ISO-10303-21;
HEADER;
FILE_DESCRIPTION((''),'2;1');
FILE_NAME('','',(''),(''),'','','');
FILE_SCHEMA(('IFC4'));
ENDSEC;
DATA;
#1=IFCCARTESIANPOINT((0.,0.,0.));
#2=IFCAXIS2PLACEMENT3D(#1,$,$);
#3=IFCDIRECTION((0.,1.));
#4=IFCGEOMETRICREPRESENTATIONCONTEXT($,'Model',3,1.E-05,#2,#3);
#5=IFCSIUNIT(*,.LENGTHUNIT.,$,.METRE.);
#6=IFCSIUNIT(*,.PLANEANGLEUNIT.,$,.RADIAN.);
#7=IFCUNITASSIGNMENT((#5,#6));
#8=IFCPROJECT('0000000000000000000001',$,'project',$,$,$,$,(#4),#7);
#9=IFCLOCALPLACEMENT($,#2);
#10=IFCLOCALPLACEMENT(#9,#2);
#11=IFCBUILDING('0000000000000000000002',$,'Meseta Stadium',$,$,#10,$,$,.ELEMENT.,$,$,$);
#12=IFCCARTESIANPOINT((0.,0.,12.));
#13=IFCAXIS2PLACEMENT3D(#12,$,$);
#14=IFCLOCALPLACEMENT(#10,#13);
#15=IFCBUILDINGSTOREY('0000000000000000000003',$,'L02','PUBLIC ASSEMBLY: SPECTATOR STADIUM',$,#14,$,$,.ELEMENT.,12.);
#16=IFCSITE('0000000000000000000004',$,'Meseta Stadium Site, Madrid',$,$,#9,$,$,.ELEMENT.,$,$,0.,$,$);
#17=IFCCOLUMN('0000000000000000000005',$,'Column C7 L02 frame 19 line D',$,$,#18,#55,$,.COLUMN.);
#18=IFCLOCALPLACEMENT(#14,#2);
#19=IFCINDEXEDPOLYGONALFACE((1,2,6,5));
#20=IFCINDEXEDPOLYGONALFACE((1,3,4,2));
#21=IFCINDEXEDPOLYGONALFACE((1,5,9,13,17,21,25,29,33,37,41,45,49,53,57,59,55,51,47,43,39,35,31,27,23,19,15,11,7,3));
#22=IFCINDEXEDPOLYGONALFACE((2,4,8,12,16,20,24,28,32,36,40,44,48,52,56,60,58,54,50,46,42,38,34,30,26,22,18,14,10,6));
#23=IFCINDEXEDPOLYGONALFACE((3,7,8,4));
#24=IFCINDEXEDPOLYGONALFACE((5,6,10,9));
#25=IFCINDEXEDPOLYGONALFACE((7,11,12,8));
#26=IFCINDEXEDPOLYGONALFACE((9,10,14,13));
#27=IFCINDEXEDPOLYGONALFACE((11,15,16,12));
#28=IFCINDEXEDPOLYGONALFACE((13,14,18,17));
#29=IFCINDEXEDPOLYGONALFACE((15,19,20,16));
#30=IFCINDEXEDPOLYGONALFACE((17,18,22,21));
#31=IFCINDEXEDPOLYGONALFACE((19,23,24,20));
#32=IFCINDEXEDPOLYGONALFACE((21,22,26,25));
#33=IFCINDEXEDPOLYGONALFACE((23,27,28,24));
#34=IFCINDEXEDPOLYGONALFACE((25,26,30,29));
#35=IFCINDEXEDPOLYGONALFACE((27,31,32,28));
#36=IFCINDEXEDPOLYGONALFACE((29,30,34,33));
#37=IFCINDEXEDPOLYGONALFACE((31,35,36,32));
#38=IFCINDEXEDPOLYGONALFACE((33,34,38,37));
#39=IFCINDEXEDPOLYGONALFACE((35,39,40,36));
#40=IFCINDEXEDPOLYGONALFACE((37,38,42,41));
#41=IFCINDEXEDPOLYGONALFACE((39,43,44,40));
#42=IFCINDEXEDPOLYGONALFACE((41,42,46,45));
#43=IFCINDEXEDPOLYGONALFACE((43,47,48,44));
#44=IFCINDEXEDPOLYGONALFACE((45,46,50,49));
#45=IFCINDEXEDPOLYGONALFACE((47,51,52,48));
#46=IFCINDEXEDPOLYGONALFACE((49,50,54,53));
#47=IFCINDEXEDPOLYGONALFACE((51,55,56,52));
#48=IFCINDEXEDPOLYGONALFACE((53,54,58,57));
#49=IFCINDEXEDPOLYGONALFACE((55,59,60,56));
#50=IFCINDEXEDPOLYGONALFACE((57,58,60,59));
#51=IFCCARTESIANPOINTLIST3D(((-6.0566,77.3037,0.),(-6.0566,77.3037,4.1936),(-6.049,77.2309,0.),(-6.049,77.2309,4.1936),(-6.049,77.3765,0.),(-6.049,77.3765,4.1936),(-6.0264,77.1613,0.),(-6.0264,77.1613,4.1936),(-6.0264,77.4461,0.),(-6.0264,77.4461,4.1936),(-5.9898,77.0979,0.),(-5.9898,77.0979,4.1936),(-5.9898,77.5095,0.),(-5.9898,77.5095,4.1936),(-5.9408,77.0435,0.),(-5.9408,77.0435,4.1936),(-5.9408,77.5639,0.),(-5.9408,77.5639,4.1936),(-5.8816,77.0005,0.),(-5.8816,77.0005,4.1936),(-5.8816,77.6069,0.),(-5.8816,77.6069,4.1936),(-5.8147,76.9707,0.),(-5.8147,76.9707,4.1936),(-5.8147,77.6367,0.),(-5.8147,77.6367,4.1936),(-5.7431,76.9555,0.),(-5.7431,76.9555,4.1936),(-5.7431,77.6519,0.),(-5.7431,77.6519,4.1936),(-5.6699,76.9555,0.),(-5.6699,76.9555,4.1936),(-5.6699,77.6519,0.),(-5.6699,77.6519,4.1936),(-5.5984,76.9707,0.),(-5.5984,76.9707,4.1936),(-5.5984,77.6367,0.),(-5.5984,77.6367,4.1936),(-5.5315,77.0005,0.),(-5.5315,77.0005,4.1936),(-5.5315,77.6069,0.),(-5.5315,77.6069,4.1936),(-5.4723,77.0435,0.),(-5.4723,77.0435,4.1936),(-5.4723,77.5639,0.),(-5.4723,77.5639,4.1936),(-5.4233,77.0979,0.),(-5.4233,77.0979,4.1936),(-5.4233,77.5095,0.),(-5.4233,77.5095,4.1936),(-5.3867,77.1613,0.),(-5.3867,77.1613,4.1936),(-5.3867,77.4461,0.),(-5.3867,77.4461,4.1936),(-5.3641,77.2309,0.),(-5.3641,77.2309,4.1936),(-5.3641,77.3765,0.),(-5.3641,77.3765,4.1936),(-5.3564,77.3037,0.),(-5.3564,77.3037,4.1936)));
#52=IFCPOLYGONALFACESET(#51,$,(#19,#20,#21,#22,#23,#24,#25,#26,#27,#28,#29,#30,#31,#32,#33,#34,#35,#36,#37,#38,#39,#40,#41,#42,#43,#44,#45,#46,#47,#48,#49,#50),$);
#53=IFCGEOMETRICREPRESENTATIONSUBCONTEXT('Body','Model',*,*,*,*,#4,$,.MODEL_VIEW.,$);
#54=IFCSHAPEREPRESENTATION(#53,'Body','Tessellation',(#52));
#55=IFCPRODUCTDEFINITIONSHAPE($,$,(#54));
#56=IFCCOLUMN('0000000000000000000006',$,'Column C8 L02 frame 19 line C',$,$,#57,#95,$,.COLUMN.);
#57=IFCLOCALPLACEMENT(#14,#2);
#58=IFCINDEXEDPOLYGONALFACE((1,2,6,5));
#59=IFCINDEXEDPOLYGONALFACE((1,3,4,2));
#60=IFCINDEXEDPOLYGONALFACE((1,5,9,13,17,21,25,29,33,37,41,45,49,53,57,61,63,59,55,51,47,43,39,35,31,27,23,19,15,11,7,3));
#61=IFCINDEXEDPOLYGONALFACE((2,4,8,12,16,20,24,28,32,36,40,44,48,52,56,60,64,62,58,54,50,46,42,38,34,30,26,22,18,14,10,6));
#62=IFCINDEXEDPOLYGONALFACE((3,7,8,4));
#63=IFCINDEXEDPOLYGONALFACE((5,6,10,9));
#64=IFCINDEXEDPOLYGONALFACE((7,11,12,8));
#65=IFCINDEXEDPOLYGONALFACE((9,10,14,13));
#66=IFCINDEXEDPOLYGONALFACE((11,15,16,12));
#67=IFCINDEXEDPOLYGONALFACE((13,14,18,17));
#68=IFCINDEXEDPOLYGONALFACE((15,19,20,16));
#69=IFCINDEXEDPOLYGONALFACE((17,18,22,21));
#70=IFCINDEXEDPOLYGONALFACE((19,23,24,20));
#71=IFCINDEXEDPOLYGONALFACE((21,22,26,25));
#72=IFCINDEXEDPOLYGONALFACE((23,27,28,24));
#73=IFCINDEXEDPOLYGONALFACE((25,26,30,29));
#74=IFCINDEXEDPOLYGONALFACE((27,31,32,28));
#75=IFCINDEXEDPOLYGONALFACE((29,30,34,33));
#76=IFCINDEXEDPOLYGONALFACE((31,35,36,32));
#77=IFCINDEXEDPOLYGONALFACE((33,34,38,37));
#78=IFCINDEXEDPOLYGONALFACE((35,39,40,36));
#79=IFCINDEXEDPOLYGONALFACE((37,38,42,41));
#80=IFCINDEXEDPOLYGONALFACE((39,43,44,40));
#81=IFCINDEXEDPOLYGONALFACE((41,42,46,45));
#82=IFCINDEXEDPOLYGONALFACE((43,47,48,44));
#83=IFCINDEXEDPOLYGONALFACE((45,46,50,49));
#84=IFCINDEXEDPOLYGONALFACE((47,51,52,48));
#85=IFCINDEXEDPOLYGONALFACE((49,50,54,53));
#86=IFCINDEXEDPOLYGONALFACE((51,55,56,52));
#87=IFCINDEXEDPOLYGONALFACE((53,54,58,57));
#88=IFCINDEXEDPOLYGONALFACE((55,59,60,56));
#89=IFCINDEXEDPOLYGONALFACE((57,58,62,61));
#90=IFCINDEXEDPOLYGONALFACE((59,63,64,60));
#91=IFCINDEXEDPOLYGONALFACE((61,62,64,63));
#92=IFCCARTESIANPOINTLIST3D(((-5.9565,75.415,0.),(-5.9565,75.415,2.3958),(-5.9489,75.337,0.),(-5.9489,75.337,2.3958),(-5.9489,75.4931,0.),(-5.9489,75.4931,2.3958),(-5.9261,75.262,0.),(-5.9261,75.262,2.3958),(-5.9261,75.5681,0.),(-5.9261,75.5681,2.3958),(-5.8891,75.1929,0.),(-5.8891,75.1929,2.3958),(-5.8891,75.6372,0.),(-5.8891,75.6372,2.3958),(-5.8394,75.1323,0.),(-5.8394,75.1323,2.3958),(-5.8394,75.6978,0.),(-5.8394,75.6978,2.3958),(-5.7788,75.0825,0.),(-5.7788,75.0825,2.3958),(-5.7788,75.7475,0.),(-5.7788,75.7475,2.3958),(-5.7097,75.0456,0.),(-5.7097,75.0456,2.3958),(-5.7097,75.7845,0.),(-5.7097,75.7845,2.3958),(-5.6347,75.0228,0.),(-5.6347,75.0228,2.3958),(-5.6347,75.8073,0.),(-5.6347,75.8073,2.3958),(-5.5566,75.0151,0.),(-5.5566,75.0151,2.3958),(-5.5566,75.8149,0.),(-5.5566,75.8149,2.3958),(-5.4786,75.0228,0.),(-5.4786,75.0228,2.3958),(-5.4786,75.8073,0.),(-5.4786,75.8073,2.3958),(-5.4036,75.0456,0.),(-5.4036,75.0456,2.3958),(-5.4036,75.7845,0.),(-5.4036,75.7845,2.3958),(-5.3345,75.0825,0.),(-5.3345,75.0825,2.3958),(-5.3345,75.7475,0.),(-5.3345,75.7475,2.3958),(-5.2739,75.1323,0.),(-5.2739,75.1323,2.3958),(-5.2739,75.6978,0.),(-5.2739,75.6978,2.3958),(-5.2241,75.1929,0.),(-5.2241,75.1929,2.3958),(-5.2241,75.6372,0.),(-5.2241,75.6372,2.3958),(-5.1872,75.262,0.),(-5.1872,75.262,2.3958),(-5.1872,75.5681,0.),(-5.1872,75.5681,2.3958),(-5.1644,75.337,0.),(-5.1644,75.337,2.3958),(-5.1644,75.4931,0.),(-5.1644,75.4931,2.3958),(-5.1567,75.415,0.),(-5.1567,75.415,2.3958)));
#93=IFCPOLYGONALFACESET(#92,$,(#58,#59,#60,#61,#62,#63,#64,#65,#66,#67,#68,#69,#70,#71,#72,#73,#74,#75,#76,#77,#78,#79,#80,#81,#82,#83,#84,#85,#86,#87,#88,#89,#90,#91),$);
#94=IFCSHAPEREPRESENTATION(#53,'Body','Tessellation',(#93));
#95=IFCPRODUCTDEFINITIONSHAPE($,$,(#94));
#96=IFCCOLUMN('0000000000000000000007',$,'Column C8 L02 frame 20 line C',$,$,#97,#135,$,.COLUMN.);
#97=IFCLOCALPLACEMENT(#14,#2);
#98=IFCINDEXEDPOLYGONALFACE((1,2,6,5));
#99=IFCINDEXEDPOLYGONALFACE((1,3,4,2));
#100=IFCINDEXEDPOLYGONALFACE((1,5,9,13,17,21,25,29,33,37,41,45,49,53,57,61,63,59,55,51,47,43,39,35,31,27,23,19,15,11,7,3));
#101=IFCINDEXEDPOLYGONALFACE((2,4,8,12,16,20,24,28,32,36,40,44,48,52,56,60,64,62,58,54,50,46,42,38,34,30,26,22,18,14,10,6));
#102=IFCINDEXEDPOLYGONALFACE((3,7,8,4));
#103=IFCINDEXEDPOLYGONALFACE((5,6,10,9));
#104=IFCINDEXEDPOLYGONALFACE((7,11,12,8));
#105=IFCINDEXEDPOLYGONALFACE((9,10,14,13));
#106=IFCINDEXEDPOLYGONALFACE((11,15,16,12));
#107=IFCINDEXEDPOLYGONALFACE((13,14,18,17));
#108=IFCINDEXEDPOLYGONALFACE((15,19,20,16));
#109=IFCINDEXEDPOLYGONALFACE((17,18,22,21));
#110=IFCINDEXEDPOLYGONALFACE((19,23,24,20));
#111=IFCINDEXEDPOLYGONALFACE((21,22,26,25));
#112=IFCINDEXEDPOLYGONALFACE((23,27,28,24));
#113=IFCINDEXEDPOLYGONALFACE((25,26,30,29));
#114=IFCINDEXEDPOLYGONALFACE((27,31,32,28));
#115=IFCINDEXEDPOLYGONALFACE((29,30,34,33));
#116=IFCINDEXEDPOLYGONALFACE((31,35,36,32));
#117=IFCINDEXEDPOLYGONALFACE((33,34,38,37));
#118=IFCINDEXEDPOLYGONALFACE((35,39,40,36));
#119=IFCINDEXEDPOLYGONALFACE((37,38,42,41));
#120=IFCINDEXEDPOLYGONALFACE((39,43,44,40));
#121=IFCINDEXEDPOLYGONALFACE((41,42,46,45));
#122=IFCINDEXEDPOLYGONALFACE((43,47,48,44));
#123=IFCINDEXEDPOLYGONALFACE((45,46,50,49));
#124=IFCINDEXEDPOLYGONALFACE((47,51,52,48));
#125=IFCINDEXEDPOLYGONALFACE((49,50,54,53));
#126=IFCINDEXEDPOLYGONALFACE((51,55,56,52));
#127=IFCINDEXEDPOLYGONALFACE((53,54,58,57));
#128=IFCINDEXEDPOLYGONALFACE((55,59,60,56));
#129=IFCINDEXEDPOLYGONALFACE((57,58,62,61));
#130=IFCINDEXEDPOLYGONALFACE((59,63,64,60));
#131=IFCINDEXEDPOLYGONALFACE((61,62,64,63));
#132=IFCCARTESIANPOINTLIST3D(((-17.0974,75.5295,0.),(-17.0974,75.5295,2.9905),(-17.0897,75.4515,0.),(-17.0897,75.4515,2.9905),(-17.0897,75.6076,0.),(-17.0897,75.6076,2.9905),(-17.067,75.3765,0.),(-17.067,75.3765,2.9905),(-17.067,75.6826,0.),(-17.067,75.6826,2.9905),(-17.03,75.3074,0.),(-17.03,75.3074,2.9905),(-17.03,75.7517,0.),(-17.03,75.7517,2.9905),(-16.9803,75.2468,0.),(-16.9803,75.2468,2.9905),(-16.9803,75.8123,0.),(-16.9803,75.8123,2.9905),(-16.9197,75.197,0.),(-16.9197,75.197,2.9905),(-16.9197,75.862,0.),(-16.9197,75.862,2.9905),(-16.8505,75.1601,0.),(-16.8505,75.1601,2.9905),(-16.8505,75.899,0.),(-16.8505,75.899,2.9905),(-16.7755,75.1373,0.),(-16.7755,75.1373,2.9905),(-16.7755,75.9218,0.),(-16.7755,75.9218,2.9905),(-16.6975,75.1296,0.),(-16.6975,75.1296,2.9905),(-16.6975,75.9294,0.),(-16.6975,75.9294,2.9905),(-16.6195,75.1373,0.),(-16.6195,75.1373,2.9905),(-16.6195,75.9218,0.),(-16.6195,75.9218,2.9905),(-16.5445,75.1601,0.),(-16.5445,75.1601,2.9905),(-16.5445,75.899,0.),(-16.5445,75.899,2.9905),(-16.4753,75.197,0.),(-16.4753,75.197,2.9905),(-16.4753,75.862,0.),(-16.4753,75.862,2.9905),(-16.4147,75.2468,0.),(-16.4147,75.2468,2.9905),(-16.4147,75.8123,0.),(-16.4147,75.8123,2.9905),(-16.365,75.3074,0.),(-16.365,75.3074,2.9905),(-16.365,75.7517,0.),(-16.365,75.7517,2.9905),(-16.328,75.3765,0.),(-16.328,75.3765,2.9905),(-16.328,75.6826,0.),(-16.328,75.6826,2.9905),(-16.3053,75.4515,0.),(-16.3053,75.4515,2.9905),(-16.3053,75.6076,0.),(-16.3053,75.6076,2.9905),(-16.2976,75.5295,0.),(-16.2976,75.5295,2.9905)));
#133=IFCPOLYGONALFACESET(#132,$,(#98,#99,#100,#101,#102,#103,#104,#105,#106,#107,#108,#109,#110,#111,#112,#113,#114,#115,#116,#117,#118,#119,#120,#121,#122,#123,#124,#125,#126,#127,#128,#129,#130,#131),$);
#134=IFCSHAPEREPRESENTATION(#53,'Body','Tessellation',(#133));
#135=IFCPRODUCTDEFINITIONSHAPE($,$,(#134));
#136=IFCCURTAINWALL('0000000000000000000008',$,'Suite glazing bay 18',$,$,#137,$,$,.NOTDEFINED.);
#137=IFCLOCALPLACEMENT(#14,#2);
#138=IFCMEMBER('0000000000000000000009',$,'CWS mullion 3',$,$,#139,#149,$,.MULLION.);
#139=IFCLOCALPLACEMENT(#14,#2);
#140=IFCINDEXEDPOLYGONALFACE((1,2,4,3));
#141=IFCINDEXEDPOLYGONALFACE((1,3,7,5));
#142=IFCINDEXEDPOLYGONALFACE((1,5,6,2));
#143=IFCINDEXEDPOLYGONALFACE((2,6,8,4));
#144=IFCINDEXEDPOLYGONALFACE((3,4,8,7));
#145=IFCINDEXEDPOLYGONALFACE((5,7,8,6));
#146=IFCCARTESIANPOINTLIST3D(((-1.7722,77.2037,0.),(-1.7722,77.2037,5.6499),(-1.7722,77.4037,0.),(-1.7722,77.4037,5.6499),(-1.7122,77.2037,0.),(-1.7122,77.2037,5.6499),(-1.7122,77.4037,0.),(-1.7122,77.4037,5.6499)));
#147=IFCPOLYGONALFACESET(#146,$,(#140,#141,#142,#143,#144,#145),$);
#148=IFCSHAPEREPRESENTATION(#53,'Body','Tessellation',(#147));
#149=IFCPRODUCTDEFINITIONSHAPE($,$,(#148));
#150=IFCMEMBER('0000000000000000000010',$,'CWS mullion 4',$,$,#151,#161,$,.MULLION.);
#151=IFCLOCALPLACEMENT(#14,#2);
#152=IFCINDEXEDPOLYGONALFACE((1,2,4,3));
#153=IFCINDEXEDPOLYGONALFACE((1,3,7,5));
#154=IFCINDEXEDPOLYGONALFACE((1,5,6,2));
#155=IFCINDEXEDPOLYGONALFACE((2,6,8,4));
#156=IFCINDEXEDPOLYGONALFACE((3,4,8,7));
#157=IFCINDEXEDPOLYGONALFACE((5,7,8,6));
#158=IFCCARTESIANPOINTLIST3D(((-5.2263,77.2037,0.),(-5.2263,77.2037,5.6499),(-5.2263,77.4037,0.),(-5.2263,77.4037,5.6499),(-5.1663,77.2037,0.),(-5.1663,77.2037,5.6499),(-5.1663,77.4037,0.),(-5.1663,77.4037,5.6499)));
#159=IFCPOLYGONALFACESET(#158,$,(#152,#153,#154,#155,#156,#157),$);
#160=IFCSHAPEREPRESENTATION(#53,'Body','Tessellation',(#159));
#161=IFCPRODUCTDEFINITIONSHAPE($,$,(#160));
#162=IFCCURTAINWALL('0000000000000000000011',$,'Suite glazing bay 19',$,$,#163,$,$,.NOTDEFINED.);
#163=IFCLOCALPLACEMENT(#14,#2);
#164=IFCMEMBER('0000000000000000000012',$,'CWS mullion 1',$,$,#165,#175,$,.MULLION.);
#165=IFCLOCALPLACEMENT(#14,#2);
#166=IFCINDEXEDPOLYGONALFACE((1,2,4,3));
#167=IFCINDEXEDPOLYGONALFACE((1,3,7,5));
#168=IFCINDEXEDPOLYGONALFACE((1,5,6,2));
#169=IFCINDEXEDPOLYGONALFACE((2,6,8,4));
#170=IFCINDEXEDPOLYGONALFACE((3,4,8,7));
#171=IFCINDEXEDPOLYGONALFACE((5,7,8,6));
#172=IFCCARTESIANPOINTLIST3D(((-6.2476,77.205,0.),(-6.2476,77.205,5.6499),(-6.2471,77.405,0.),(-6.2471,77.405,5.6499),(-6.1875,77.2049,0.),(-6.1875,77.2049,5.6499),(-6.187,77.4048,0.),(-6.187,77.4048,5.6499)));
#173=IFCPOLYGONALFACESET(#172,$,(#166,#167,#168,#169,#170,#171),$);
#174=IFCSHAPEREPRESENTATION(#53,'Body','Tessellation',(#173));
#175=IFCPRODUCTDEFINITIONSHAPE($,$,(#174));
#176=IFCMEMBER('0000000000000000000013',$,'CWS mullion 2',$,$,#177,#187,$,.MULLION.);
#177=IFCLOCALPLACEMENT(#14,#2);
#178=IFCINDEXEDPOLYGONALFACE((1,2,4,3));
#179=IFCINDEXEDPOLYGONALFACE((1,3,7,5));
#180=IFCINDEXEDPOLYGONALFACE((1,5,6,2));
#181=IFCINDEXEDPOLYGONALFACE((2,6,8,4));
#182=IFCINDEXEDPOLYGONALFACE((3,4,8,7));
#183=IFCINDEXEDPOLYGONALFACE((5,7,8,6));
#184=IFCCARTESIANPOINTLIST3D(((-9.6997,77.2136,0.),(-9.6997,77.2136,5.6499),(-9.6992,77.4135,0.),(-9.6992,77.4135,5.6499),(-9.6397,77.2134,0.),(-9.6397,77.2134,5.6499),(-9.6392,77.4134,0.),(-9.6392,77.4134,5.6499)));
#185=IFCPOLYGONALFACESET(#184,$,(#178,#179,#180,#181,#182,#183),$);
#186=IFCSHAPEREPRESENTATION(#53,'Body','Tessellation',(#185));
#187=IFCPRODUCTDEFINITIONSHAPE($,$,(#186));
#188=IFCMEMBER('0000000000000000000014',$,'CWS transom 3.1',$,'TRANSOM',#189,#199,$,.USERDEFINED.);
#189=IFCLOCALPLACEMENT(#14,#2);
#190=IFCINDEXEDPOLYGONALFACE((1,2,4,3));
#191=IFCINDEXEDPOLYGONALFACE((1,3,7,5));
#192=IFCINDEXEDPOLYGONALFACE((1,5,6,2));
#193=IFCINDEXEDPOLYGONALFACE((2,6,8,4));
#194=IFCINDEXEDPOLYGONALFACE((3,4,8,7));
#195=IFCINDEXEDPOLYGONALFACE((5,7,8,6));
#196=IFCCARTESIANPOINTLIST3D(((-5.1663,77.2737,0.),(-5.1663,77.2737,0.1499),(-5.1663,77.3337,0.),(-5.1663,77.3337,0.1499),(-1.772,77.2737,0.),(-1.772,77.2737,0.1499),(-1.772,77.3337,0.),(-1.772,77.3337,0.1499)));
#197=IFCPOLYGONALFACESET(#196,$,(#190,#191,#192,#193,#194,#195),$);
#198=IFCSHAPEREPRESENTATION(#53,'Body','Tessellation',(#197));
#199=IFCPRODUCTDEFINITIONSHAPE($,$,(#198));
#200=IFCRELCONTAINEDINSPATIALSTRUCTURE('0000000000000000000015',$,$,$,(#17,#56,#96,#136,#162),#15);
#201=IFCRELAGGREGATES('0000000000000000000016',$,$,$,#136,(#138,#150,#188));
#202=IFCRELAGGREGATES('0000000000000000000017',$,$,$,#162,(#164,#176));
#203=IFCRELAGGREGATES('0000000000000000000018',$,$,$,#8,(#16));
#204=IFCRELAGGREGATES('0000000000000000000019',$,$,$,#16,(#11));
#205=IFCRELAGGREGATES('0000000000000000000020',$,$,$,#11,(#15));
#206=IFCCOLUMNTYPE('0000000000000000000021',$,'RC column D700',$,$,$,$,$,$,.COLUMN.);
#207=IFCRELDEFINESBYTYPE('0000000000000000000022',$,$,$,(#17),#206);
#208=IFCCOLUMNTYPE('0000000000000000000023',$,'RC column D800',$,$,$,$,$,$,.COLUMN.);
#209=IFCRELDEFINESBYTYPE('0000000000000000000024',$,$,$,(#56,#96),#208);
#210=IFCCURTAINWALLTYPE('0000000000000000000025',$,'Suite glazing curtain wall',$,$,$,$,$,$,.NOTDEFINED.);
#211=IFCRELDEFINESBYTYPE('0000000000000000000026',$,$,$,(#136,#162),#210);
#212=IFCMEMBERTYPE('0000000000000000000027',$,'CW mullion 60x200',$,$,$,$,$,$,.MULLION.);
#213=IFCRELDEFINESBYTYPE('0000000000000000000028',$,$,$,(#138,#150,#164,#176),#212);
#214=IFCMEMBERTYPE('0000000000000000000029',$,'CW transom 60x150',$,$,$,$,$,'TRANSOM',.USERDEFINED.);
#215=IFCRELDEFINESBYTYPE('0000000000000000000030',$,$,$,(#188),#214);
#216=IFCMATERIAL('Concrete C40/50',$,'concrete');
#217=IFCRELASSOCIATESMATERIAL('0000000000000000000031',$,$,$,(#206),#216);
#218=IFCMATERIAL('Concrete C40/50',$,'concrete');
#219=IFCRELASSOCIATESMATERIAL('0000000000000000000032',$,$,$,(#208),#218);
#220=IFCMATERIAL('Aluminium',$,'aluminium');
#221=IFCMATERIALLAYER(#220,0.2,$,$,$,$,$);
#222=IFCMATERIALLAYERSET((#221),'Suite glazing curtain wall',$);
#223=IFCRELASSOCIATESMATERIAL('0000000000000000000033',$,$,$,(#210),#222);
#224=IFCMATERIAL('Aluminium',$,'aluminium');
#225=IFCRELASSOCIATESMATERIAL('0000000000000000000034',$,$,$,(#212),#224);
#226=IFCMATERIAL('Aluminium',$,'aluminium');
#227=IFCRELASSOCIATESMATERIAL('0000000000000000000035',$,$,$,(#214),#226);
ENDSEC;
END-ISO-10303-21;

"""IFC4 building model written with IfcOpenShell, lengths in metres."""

from ifc_helpers import new_model, si_unit, direction, frame, origin, origin_2d, place, context, subcontext, project, spatial, rectangle, circle, extrude, material, layer, layer_set, material_profile, profile_set, type_object, element, aggregate, save


model = new_model("IFC4")

# Units and contexts
model_context = context("Model", 3, precision=1e-05, world=origin(), true_north=direction((0.0, 1.0)))
body_context = subcontext(model_context, "Body", "Model", "MODEL_VIEW")
ifc_project = project(units=[si_unit("LENGTHUNIT", "METRE"), si_unit("PLANEANGLEUNIT", "RADIAN")], contexts=[model_context])

# Site, building, storey
site_placement = place(None, origin())
site = spatial("IfcSite", under=ifc_project, at=site_placement, Name="Meseta Stadium Site, Madrid", CompositionType="ELEMENT", RefElevation=0.0)
building_placement = place(site_placement, origin())
building = spatial("IfcBuilding", under=site, at=building_placement, Name="Meseta Stadium", CompositionType="ELEMENT")
storey_placement = place(building_placement, frame((0.0, 0.0, 12.0)))
storey = spatial("IfcBuildingStorey", under=building, at=storey_placement, Name="L02", Description="PUBLIC ASSEMBLY: SPECTATOR STADIUM", CompositionType="ELEMENT", Elevation=12.0)

# Columns
ifc_material_1 = material(Name="Concrete C40/50", Category="concrete")
ifc_material_profile_1 = material_profile(ifc_material_1, circle(Radius=0.3501, at=origin_2d()), Name="RC D700")
ifc_profile_set_1 = profile_set([ifc_material_profile_1], Name="Concrete C40/50")
column_type_1 = type_object("IfcColumnType", Name="RC column D700", PredefinedType="COLUMN", material=ifc_profile_set_1)
column_1_placement = place(storey_placement, frame((-5.7065, 77.3037, 0.0), z_axis=(0.0, 0.0, 1.0), x_axis=(1.0, 0.0, 0.0)))
element("IfcColumn", 1, at=column_1_placement, inside=storey, type_object=column_type_1, Name="Column C7 L02 frame 19 line D", PredefinedType="COLUMN", context=body_context, shape_type="SweptSolid", body=[
    extrude(circle(Radius=0.3501, at=origin_2d()), origin(), (0.0, 0.0, 1.0), 4.1936),
])
ifc_material_2 = material(Name="Concrete C40/50", Category="concrete")
ifc_material_profile_2 = material_profile(ifc_material_2, circle(Radius=0.3999, at=origin_2d()), Name="RC D800")
ifc_profile_set_2 = profile_set([ifc_material_profile_2], Name="Concrete C40/50")
column_type_2 = type_object("IfcColumnType", Name="RC column D800", PredefinedType="COLUMN", material=ifc_profile_set_2)
column_2_placement = place(storey_placement, frame((-5.5566, 75.415, 0.0), z_axis=(0.0, 0.0, 1.0), x_axis=(1.0, 0.0, 0.0)))
element("IfcColumn", 2, at=column_2_placement, inside=storey, type_object=column_type_2, Name="Column C8 L02 frame 19 line C", PredefinedType="COLUMN", context=body_context, shape_type="SweptSolid", body=[
    extrude(circle(Radius=0.3999, at=origin_2d()), origin(), (0.0, 0.0, 1.0), 2.3958),
])
column_3_placement = place(storey_placement, frame((-16.6975, 75.5295, 0.0), z_axis=(0.0, 0.0, 1.0), x_axis=(1.0, 0.0, 0.0)))
element("IfcColumn", 3, at=column_3_placement, inside=storey, type_object=column_type_2, Name="Column C8 L02 frame 20 line C", PredefinedType="COLUMN", context=body_context, shape_type="SweptSolid", body=[
    extrude(circle(Radius=0.3999, at=origin_2d()), origin(), (0.0, 0.0, 1.0), 2.9905),
])

# Curtain walls, members
ifc_material_3 = material(Name="Aluminium", Category="aluminium")
ifc_layer_1 = layer(ifc_material_3, 0.2)
ifc_layer_set_1 = layer_set([ifc_layer_1], Name="Suite glazing curtain wall")
curtain_wall_type = type_object("IfcCurtainWallType", Name="Suite glazing curtain wall", PredefinedType="NOTDEFINED", material=ifc_layer_set_1)
curtain_wall_1_placement = place(storey_placement, origin())
curtain_wall_1 = element("IfcCurtainWall", 4, at=curtain_wall_1_placement, inside=storey, type_object=curtain_wall_type, Name="Suite glazing bay 18", PredefinedType="NOTDEFINED")
ifc_material_4 = material(Name="Aluminium", Category="aluminium")
ifc_material_profile_3 = material_profile(ifc_material_4, rectangle(XDim=0.2, YDim=0.0601, at=origin_2d()), Name="CW 200x60")
ifc_profile_set_3 = profile_set([ifc_material_profile_3], Name="Aluminium")
member_type_1 = type_object("IfcMemberType", Name="CW mullion 60x200", PredefinedType="MULLION", material=ifc_profile_set_3)
member_1_placement = place(storey_placement, frame((-1.7422, 77.3037, 0.0), z_axis=(0.0, 0.0, 1.0), x_axis=(0.0, -1.0, 0.0)))
member_1 = element("IfcMember", 5, at=member_1_placement, type_object=member_type_1, Name="CWS mullion 3", PredefinedType="MULLION", context=body_context, shape_type="SweptSolid", body=[
    extrude(rectangle(XDim=0.2, YDim=0.0601, at=origin_2d()), origin(), (0.0, 0.0, 1.0), 5.6499),
])
member_2_placement = place(storey_placement, frame((-5.1963, 77.3037, 0.0), z_axis=(0.0, 0.0, 1.0), x_axis=(0.0, -1.0, 0.0)))
member_2 = element("IfcMember", 6, at=member_2_placement, type_object=member_type_1, Name="CWS mullion 4", PredefinedType="MULLION", context=body_context, shape_type="SweptSolid", body=[
    extrude(rectangle(XDim=0.2, YDim=0.0601, at=origin_2d()), origin(), (0.0, 0.0, 1.0), 5.6499),
])
curtain_wall_2_placement = place(storey_placement, origin())
curtain_wall_2 = element("IfcCurtainWall", 7, at=curtain_wall_2_placement, inside=storey, type_object=curtain_wall_type, Name="Suite glazing bay 19", PredefinedType="NOTDEFINED")
member_3_placement = place(storey_placement, frame((-6.2173, 77.3049, 0.0), z_axis=(0.0, 0.0, 1.0), x_axis=(-0.002486, -0.999997, 0.0)))
member_3 = element("IfcMember", 8, at=member_3_placement, type_object=member_type_1, Name="CWS mullion 1", PredefinedType="MULLION", context=body_context, shape_type="SweptSolid", body=[
    extrude(rectangle(XDim=0.2, YDim=0.0601, at=origin_2d()), origin(), (0.0, 0.0, 1.0), 5.6499),
])
member_4_placement = place(storey_placement, frame((-9.6694, 77.3135, 0.0), z_axis=(0.0, 0.0, 1.0), x_axis=(-0.002486, -0.999997, 0.0)))
member_4 = element("IfcMember", 9, at=member_4_placement, type_object=member_type_1, Name="CWS mullion 2", PredefinedType="MULLION", context=body_context, shape_type="SweptSolid", body=[
    extrude(rectangle(XDim=0.2, YDim=0.0601, at=origin_2d()), origin(), (0.0, 0.0, 1.0), 5.6499),
])

# Member
ifc_material_5 = material(Name="Aluminium", Category="aluminium")
ifc_material_profile_4 = material_profile(ifc_material_5, rectangle(XDim=0.0601, YDim=0.1499, at=origin_2d()), Name="CW 60x150")
ifc_profile_set_4 = profile_set([ifc_material_profile_4], Name="Aluminium")
member_type_2 = type_object("IfcMemberType", Name="CW transom 60x150", ElementType="TRANSOM", PredefinedType="USERDEFINED", material=ifc_profile_set_4)
member_5_placement = place(storey_placement, frame((-1.772, 77.3037, 0.075), z_axis=(-1.0, 0.0, 0.0), x_axis=(0.0, -1.0, 0.0)))
member_5 = element("IfcMember", 10, at=member_5_placement, type_object=member_type_2, Name="CWS transom 3.1", ObjectType="TRANSOM", PredefinedType="USERDEFINED", context=body_context, shape_type="SweptSolid", body=[
    extrude(rectangle(XDim=0.0601, YDim=0.1499, at=origin_2d()), origin(), (0.0, 0.0, 1.0), 3.3943),
])

aggregate(curtain_wall_1, [member_1, member_2, member_5])
aggregate(curtain_wall_2, [member_3, member_4])

save(model, "model.ifc")
